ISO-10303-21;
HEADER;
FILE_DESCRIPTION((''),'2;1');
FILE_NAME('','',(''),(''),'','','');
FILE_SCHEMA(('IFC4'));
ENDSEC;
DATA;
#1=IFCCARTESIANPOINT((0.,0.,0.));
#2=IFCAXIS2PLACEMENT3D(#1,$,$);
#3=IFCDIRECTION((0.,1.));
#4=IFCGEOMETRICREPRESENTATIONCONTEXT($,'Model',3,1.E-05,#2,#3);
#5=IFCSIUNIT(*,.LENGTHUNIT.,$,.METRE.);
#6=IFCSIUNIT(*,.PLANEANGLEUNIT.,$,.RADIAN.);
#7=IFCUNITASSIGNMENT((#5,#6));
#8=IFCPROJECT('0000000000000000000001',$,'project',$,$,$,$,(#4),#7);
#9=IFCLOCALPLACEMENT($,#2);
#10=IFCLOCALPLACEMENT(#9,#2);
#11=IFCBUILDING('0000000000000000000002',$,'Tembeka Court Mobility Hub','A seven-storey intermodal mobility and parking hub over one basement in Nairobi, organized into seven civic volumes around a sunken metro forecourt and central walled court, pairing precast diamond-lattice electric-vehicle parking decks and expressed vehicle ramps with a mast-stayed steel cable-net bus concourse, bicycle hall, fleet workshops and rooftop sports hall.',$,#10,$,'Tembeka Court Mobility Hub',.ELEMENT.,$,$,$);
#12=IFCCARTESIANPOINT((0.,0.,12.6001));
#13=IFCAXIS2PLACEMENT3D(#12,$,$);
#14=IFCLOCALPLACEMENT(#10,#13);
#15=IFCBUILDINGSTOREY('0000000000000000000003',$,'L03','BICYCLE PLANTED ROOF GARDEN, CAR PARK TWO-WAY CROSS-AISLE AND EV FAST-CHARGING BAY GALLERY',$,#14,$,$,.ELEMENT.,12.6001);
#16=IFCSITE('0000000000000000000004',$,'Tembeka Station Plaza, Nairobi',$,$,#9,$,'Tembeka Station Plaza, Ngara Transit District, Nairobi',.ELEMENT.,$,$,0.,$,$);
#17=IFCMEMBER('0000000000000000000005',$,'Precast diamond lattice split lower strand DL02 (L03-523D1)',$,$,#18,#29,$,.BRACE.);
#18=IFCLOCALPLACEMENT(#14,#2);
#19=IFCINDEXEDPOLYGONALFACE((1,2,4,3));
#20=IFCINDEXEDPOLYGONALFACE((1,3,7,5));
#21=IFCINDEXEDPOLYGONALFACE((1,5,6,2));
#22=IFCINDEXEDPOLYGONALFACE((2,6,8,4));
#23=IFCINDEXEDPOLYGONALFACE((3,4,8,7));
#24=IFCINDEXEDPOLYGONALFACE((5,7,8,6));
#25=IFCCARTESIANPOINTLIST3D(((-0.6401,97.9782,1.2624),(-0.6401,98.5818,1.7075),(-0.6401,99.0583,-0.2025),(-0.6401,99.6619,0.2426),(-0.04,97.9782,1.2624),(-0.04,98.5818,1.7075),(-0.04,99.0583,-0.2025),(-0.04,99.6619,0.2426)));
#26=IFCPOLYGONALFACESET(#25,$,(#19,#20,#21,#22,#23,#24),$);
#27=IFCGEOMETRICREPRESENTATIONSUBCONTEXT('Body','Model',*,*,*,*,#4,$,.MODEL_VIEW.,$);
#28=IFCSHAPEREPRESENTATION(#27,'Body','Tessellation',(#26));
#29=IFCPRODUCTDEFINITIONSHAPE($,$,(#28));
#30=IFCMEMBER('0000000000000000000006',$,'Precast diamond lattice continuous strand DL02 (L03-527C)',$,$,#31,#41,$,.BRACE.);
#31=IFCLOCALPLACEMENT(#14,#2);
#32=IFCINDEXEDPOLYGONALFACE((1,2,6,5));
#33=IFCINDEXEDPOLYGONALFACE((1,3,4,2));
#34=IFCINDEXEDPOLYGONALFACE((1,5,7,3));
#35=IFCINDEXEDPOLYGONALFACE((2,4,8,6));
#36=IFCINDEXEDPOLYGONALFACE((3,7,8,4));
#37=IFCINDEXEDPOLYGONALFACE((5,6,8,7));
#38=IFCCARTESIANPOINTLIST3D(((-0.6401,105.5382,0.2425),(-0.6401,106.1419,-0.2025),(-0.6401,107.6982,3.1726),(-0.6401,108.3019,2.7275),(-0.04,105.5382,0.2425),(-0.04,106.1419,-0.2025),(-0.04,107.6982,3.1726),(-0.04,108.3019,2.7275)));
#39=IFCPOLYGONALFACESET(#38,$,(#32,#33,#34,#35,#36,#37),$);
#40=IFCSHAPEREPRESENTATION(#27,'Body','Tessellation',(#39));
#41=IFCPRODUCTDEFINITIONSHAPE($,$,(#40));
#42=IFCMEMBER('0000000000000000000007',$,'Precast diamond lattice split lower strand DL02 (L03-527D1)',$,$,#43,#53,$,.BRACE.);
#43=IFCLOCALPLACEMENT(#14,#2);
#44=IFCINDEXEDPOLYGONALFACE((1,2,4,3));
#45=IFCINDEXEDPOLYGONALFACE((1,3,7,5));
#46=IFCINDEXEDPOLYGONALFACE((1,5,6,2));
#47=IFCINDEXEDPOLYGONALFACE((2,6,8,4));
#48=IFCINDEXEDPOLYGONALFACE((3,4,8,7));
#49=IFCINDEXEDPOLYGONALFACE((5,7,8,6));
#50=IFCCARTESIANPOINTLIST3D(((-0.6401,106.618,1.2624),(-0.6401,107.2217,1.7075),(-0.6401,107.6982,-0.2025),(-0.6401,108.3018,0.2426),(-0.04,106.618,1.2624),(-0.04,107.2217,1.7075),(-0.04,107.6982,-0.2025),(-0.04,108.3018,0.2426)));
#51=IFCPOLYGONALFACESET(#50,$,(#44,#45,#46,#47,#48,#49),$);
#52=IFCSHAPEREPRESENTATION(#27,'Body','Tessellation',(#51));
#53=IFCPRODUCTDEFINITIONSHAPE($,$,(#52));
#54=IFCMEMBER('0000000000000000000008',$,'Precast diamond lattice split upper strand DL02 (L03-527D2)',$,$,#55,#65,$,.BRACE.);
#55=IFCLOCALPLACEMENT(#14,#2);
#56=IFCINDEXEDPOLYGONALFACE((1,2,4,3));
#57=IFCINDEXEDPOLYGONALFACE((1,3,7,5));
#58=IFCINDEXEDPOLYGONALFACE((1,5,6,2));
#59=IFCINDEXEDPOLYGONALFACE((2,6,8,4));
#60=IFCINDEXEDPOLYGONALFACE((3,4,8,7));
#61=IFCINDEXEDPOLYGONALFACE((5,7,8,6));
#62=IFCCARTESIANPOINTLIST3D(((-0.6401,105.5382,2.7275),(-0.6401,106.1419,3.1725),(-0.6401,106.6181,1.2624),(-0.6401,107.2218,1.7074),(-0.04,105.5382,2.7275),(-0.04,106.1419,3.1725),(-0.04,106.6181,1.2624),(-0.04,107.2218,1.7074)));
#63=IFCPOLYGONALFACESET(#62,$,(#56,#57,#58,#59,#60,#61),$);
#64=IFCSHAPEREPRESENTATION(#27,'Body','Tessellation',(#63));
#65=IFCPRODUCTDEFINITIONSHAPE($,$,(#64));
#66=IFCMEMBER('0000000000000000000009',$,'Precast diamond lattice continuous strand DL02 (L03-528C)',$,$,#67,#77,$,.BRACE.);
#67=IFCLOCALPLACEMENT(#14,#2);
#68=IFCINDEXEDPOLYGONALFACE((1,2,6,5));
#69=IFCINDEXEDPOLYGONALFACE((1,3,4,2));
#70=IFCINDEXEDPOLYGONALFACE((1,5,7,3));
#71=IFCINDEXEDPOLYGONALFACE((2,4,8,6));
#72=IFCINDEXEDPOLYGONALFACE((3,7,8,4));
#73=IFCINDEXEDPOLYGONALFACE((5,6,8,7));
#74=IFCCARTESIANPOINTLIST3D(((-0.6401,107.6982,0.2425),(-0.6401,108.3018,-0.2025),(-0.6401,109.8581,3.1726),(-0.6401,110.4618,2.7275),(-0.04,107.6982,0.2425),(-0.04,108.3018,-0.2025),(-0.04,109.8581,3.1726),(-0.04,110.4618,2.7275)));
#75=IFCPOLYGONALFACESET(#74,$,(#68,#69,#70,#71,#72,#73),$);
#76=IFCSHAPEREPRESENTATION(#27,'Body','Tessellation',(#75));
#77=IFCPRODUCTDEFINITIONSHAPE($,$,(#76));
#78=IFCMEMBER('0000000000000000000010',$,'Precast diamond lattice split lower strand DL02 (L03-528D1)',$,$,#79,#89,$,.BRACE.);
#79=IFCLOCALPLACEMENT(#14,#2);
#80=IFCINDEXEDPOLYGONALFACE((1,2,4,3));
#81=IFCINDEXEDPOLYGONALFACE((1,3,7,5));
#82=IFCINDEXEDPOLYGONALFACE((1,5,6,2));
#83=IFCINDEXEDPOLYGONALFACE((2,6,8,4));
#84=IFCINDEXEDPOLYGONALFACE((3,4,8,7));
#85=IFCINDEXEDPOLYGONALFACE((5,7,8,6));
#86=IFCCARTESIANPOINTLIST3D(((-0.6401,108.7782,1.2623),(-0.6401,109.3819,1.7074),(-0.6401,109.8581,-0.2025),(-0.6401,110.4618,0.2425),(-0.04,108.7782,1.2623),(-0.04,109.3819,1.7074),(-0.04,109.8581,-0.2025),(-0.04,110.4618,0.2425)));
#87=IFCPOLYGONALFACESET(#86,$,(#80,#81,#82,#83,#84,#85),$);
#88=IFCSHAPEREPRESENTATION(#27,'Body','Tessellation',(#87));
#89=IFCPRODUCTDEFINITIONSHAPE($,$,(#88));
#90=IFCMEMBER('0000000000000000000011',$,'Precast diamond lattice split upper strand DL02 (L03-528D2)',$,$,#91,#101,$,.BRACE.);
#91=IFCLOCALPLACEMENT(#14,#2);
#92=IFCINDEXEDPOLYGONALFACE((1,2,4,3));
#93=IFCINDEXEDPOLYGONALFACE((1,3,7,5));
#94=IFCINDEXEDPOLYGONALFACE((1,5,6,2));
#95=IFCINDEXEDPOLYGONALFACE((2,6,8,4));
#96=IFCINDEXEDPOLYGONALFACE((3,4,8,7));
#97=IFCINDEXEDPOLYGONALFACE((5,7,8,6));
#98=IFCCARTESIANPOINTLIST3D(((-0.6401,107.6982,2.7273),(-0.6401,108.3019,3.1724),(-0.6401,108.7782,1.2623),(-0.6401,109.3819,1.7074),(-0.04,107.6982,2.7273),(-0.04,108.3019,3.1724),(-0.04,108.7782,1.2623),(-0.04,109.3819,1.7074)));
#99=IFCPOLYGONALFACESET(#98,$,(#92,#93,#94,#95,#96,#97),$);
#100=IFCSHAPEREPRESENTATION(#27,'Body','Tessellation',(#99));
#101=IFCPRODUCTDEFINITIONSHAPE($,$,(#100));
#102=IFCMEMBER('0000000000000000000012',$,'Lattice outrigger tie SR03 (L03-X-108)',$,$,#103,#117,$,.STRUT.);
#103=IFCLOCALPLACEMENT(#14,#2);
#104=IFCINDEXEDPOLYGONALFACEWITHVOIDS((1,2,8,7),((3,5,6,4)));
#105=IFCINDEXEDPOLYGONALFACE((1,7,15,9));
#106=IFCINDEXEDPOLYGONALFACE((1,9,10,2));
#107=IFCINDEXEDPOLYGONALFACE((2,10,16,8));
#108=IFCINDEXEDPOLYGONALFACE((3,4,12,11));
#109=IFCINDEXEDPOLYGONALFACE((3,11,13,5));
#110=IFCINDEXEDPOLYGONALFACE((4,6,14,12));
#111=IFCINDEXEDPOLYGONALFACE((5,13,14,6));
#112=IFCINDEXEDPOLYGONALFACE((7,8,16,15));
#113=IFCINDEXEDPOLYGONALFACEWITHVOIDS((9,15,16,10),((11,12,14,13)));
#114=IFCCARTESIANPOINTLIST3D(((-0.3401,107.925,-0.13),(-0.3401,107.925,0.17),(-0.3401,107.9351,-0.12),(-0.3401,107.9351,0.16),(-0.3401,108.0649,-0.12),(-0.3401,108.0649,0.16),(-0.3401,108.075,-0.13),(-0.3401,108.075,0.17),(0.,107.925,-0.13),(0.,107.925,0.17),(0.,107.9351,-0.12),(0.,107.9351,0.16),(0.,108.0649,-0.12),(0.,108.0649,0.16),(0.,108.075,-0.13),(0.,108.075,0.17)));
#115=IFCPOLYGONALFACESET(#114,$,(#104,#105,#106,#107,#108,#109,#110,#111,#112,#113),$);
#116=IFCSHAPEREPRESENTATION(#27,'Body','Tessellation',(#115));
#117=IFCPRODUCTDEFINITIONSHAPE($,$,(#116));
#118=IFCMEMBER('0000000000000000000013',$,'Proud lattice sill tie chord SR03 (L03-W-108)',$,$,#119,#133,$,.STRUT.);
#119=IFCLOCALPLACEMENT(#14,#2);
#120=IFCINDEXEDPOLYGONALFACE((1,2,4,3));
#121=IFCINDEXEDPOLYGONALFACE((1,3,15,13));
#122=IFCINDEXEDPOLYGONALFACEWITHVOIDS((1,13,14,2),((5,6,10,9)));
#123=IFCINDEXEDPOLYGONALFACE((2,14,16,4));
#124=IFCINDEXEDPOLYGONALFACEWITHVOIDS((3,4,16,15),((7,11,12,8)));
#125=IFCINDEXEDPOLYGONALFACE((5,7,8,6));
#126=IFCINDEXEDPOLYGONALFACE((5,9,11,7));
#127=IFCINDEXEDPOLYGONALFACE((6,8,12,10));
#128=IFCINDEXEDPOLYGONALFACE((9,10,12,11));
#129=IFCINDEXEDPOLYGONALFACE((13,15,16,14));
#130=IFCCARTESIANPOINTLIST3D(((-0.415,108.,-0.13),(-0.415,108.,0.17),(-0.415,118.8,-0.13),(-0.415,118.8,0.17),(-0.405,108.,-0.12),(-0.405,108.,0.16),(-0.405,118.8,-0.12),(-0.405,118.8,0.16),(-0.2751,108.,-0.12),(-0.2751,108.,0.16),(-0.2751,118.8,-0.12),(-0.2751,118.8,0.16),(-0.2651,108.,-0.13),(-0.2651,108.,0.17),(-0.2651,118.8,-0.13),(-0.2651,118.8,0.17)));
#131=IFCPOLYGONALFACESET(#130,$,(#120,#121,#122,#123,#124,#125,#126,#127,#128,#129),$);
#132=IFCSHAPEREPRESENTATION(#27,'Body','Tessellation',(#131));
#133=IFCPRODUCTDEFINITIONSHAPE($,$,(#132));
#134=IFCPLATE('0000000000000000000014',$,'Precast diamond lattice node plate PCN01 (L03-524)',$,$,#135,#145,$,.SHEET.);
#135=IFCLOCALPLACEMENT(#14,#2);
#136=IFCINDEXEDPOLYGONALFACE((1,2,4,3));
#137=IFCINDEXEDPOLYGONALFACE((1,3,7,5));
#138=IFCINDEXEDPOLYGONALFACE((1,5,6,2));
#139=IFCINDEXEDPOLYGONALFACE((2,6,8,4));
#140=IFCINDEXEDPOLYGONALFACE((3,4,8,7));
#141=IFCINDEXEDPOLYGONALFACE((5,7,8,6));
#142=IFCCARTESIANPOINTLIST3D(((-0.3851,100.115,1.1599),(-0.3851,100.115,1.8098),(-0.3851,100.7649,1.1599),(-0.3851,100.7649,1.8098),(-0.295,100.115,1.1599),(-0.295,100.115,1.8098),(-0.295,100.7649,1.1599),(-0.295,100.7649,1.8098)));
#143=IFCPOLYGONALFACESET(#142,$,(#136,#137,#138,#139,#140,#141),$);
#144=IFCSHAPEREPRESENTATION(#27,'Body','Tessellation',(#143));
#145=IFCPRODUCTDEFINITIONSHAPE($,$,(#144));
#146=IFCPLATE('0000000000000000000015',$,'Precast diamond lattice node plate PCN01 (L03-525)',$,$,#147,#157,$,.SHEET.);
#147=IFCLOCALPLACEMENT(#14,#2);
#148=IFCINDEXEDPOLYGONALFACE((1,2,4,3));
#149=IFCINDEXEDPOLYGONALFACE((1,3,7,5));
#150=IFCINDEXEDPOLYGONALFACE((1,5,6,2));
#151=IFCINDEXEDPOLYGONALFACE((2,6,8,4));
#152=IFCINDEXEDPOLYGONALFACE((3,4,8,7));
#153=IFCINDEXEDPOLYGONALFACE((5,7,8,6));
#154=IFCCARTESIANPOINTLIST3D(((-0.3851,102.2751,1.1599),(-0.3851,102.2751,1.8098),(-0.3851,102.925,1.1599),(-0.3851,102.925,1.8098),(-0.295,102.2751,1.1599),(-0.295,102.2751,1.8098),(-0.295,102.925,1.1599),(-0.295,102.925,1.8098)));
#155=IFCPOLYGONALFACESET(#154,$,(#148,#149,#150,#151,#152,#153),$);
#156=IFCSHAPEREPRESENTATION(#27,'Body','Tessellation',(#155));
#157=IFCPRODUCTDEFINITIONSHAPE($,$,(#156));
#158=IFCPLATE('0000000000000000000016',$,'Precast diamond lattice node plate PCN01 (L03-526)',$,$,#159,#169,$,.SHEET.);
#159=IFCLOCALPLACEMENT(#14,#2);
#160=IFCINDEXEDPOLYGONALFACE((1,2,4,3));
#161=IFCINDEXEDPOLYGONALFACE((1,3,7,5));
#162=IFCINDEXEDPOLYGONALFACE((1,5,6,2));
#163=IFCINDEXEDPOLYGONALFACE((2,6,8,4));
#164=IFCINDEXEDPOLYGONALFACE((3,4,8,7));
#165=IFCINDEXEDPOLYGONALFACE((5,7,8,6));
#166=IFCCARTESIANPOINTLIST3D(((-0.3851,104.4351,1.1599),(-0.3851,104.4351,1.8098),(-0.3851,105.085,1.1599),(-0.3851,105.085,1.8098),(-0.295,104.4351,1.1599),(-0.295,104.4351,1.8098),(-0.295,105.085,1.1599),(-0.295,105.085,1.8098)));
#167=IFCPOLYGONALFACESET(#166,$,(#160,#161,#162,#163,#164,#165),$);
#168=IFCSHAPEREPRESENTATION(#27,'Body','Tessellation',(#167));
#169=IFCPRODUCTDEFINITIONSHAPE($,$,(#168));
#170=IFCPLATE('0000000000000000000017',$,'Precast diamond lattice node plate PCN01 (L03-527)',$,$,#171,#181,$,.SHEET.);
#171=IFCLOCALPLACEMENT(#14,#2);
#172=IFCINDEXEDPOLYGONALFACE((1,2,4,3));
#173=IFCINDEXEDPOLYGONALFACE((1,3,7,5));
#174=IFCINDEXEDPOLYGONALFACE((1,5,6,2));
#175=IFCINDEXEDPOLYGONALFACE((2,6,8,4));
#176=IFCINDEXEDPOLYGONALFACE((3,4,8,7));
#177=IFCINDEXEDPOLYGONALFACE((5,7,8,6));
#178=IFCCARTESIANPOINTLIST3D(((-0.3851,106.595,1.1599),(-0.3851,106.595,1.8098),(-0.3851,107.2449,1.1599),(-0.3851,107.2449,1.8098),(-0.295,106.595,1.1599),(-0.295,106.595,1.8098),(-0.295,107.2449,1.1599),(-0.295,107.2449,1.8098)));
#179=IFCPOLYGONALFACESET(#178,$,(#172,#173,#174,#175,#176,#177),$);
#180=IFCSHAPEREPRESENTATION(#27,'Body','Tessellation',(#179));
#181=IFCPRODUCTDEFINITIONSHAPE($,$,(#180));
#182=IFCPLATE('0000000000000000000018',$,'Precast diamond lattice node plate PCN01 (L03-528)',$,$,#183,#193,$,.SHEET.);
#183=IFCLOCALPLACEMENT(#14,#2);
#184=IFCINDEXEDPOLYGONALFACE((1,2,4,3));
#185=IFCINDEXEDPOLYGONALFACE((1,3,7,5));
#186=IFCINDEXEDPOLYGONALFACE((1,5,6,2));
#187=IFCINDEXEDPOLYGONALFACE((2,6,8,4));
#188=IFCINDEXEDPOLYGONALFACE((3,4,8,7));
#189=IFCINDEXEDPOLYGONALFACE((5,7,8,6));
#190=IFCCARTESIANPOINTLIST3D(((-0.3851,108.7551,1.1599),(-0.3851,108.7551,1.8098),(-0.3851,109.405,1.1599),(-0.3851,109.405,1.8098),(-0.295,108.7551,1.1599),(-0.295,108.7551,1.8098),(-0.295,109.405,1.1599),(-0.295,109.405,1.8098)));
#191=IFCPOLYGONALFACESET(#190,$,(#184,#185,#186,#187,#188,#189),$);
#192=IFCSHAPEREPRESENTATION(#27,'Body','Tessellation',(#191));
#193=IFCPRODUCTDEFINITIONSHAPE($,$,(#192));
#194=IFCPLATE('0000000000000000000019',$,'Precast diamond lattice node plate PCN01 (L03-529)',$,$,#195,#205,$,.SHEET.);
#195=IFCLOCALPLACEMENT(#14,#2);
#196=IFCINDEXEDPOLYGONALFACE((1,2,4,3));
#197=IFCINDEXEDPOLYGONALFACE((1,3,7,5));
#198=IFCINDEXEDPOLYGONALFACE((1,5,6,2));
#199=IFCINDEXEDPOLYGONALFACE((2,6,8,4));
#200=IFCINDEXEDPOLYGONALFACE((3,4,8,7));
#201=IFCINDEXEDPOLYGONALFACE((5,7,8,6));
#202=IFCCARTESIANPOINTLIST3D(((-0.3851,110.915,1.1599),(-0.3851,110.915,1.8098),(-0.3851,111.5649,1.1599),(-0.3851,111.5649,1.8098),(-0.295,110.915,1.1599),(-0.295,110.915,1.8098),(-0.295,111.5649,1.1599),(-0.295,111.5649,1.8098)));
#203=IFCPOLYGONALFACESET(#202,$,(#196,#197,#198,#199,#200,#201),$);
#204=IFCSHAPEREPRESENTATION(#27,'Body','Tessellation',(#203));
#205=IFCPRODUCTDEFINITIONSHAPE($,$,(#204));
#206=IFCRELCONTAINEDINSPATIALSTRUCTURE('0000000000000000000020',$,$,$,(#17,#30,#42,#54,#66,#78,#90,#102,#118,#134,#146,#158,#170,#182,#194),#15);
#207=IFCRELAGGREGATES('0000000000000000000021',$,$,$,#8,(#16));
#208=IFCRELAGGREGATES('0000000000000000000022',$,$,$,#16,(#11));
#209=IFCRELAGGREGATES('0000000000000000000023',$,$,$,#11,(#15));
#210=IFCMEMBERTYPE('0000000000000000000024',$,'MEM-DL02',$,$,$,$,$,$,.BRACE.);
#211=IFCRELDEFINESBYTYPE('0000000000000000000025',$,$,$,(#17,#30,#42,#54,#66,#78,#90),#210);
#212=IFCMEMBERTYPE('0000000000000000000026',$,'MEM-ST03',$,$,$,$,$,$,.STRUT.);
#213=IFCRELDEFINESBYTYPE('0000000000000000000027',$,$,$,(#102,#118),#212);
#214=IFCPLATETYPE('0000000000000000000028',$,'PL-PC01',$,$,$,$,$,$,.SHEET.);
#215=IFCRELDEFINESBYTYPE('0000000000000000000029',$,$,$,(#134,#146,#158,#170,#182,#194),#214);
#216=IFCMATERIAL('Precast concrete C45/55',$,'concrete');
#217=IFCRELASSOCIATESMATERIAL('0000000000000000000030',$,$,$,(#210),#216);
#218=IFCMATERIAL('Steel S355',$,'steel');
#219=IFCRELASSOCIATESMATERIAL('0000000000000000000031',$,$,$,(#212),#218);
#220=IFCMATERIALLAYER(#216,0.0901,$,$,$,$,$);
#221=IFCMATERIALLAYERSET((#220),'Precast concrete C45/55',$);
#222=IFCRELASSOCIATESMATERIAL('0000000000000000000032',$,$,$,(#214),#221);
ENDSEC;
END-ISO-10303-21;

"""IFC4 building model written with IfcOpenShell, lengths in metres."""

from ifc_helpers import new_model, si_unit, direction, frame, origin, origin_2d, place, context, subcontext, project, spatial, rectangle, hollow_rectangle, extrude, material, layer, layer_set, material_profile, profile_set, type_object, element, save


model = new_model("IFC4")

# Units and contexts
model_context = context("Model", 3, precision=1e-05, world=origin(), true_north=direction((0.0, 1.0)))
body_context = subcontext(model_context, "Body", "Model", "MODEL_VIEW")
ifc_project = project(units=[si_unit("LENGTHUNIT", "METRE"), si_unit("PLANEANGLEUNIT", "RADIAN")], contexts=[model_context])

# Site, building, storey
site_placement = place(None, origin())
site = spatial("IfcSite", under=ifc_project, at=site_placement, Name="Tembeka Station Plaza, Nairobi", LongName="Tembeka Station Plaza, Ngara Transit District, Nairobi", CompositionType="ELEMENT", RefElevation=0.0)
building_placement = place(site_placement, origin())
building = spatial("IfcBuilding", under=site, at=building_placement, Name="Tembeka Court Mobility Hub", Description="A seven-storey intermodal mobility and parking hub over one basement in Nairobi, organized into seven civic volumes around a sunken metro forecourt and central walled court, pairing precast diamond-lattice electric-vehicle parking decks and expressed vehicle ramps with a mast-stayed steel cable-net bus concourse, bicycle hall, fleet workshops and rooftop sports hall.", LongName="Tembeka Court Mobility Hub", CompositionType="ELEMENT")
storey_placement = place(building_placement, frame((0.0, 0.0, 12.6001)))
storey = spatial("IfcBuildingStorey", under=building, at=storey_placement, Name="L03", Description="BICYCLE PLANTED ROOF GARDEN, CAR PARK TWO-WAY CROSS-AISLE AND EV FAST-CHARGING BAY GALLERY", CompositionType="ELEMENT", Elevation=12.6001)

# Shared definitions
ifc_material_1 = material(Name="Steel S355", Category="steel")

# Members
ifc_material_2 = material(Name="Precast concrete C45/55", Category="concrete")
ifc_material_profile_1 = material_profile(ifc_material_2, rectangle(XDim=0.6001, YDim=0.75, at=origin_2d()), Name="PC-DIAG 600x750")
ifc_profile_set_1 = profile_set([ifc_material_profile_1], Name="Precast concrete C45/55")
member_type_1 = type_object("IfcMemberType", Name="MEM-DL02", PredefinedType="BRACE", material=ifc_profile_set_1)
member_1_placement = place(storey_placement, frame((-0.3401, 99.3601, 0.02), z_axis=(0.0, -0.593455, 0.804867), x_axis=(1.0, 0.0, 0.0)))
element("IfcMember", 1, at=member_1_placement, inside=storey, type_object=member_type_1, Name="Precast diamond lattice split lower strand DL02 (L03-523D1)", PredefinedType="BRACE", context=body_context, shape_type="SweptSolid", body=[
    extrude(rectangle(XDim=0.6001, YDim=0.75, at=origin_2d()), origin(), (0.0, 0.0, 1.0), 1.8201),
])
member_2_placement = place(storey_placement, frame((-0.3401, 105.8401, 0.02), z_axis=(0.0, 0.59338, 0.804923), x_axis=(-1.0, 0.0, 0.0)))
element("IfcMember", 2, at=member_2_placement, inside=storey, type_object=member_type_1, Name="Precast diamond lattice continuous strand DL02 (L03-527C)", PredefinedType="BRACE", context=body_context, shape_type="SweptSolid", body=[
    extrude(rectangle(XDim=0.6001, YDim=0.75, at=origin_2d()), origin(), (0.0, 0.0, 1.0), 3.6401),
])
for number, where, z_axis, x_axis, name in (
    (3, (-0.3401, 108.0, 0.02), (0.0, -0.593455, 0.804867), (1.0, 0.0, 0.0), "Precast diamond lattice split lower strand DL02 (L03-527D1)"),
    (4, (-0.3401, 106.9199, 1.4849), (0.0, -0.593304, 0.804978), (1.0, 0.0, 0.0), "Precast diamond lattice split upper strand DL02 (L03-527D2)"),
):
    element("IfcMember", number, at=place(storey_placement, frame(where, z_axis=z_axis, x_axis=x_axis)), inside=storey, type_object=member_type_1, Name=name, PredefinedType="BRACE", context=body_context, shape_type="SweptSolid", body=[
        extrude(rectangle(XDim=0.6001, YDim=0.75, at=origin_2d()), origin(), (0.0, 0.0, 1.0), 1.8201),
    ])
member_3_placement = place(storey_placement, frame((-0.3401, 108.0, 0.02), z_axis=(0.0, 0.59338, 0.804923), x_axis=(-1.0, 0.0, 0.0)))
element("IfcMember", 5, at=member_3_placement, inside=storey, type_object=member_type_1, Name="Precast diamond lattice continuous strand DL02 (L03-528C)", PredefinedType="BRACE", context=body_context, shape_type="SweptSolid", body=[
    extrude(rectangle(XDim=0.6001, YDim=0.75, at=origin_2d()), origin(), (0.0, 0.0, 1.0), 3.6401),
])
member_4_placement = place(storey_placement, frame((-0.3401, 110.1599, 0.02), z_axis=(0.0, -0.593368, 0.804931), x_axis=(1.0, 0.0, 0.0)))
element("IfcMember", 6, at=member_4_placement, inside=storey, type_object=member_type_1, Name="Precast diamond lattice split lower strand DL02 (L03-528D1)", PredefinedType="BRACE", context=body_context, shape_type="SweptSolid", body=[
    extrude(rectangle(XDim=0.6001, YDim=0.75, at=origin_2d()), origin(), (0.0, 0.0, 1.0), 1.8198),
])
member_5_placement = place(storey_placement, frame((-0.3401, 109.0801, 1.4849), z_axis=(0.0, -0.593391, 0.804914), x_axis=(1.0, 0.0, 0.0)))
element("IfcMember", 7, at=member_5_placement, inside=storey, type_object=member_type_1, Name="Precast diamond lattice split upper strand DL02 (L03-528D2)", PredefinedType="BRACE", context=body_context, shape_type="SweptSolid", body=[
    extrude(rectangle(XDim=0.6001, YDim=0.75, at=origin_2d()), origin(), (0.0, 0.0, 1.0), 1.8201),
])
ifc_material_profile_2 = material_profile(ifc_material_1, hollow_rectangle(XDim=0.1499, YDim=0.3, WallThickness=0.01, at=origin_2d()), Name="RHS 300x150x10")
ifc_profile_set_2 = profile_set([ifc_material_profile_2], Name="Steel S355")
member_type_2 = type_object("IfcMemberType", Name="MEM-ST03", PredefinedType="STRUT", material=ifc_profile_set_2)
member_6_placement = place(storey_placement, frame((0.0, 108.0, 0.02), z_axis=(-1.0, 0.0, 0.0), x_axis=(0.0, -1.0, 0.0)))
element("IfcMember", 8, at=member_6_placement, inside=storey, type_object=member_type_2, Name="Lattice outrigger tie SR03 (L03-X-108)", PredefinedType="STRUT", context=body_context, shape_type="SweptSolid", body=[
    extrude(hollow_rectangle(XDim=0.1499, YDim=0.3, WallThickness=0.01, at=origin_2d()), origin(), (0.0, 0.0, 1.0), 0.3401),
])
member_7_placement = place(storey_placement, frame((-0.3401, 108.0, 0.02), z_axis=(0.0, 1.0, 0.0), x_axis=(-1.0, 0.0, 0.0)))
element("IfcMember", 9, at=member_7_placement, inside=storey, type_object=member_type_2, Name="Proud lattice sill tie chord SR03 (L03-W-108)", PredefinedType="STRUT", context=body_context, shape_type="SweptSolid", body=[
    extrude(hollow_rectangle(XDim=0.1499, YDim=0.3, WallThickness=0.01, at=origin_2d()), origin(), (0.0, 0.0, 1.0), 10.8),
])

# Plates
ifc_layer = layer(ifc_material_2, 0.0901)
ifc_layer_set = layer_set([ifc_layer], Name="Precast concrete C45/55")
plate_type = type_object("IfcPlateType", Name="PL-PC01", PredefinedType="SHEET", material=ifc_layer_set)
for number, where, z_axis, x_axis, name in (
    (10, (-0.3401, 100.4399, 1.1599), (0.0, 0.0, 1.0), (1.0, 0.0, 0.0), "Precast diamond lattice node plate PCN01 (L03-524)"),
    (11, (-0.3401, 102.6001, 1.1599), (0.0, 0.0, 1.0), (1.0, 0.0, 0.0), "Precast diamond lattice node plate PCN01 (L03-525)"),
    (12, (-0.3401, 104.76, 1.1599), (0.0, 0.0, 1.0), (1.0, 0.0, 0.0), "Precast diamond lattice node plate PCN01 (L03-526)"),
    (13, (-0.3401, 106.9199, 1.1599), (0.0, 0.0, 1.0), (1.0, 0.0, 0.0), "Precast diamond lattice node plate PCN01 (L03-527)"),
    (14, (-0.3401, 109.0801, 1.1599), (0.0, 0.0, 1.0), (1.0, 0.0, 0.0), "Precast diamond lattice node plate PCN01 (L03-528)"),
    (15, (-0.3401, 111.24, 1.1599), (0.0, 0.0, 1.0), (1.0, 0.0, 0.0), "Precast diamond lattice node plate PCN01 (L03-529)"),
):
    element("IfcPlate", number, at=place(storey_placement, frame(where, z_axis=z_axis, x_axis=x_axis)), inside=storey, type_object=plate_type, Name=name, PredefinedType="SHEET", context=body_context, shape_type="SweptSolid", body=[
        extrude(rectangle(XDim=0.0901, YDim=0.6499, at=origin_2d()), origin(), (0.0, 0.0, 1.0), 0.6499),
    ])

save(model, "model.ifc")
